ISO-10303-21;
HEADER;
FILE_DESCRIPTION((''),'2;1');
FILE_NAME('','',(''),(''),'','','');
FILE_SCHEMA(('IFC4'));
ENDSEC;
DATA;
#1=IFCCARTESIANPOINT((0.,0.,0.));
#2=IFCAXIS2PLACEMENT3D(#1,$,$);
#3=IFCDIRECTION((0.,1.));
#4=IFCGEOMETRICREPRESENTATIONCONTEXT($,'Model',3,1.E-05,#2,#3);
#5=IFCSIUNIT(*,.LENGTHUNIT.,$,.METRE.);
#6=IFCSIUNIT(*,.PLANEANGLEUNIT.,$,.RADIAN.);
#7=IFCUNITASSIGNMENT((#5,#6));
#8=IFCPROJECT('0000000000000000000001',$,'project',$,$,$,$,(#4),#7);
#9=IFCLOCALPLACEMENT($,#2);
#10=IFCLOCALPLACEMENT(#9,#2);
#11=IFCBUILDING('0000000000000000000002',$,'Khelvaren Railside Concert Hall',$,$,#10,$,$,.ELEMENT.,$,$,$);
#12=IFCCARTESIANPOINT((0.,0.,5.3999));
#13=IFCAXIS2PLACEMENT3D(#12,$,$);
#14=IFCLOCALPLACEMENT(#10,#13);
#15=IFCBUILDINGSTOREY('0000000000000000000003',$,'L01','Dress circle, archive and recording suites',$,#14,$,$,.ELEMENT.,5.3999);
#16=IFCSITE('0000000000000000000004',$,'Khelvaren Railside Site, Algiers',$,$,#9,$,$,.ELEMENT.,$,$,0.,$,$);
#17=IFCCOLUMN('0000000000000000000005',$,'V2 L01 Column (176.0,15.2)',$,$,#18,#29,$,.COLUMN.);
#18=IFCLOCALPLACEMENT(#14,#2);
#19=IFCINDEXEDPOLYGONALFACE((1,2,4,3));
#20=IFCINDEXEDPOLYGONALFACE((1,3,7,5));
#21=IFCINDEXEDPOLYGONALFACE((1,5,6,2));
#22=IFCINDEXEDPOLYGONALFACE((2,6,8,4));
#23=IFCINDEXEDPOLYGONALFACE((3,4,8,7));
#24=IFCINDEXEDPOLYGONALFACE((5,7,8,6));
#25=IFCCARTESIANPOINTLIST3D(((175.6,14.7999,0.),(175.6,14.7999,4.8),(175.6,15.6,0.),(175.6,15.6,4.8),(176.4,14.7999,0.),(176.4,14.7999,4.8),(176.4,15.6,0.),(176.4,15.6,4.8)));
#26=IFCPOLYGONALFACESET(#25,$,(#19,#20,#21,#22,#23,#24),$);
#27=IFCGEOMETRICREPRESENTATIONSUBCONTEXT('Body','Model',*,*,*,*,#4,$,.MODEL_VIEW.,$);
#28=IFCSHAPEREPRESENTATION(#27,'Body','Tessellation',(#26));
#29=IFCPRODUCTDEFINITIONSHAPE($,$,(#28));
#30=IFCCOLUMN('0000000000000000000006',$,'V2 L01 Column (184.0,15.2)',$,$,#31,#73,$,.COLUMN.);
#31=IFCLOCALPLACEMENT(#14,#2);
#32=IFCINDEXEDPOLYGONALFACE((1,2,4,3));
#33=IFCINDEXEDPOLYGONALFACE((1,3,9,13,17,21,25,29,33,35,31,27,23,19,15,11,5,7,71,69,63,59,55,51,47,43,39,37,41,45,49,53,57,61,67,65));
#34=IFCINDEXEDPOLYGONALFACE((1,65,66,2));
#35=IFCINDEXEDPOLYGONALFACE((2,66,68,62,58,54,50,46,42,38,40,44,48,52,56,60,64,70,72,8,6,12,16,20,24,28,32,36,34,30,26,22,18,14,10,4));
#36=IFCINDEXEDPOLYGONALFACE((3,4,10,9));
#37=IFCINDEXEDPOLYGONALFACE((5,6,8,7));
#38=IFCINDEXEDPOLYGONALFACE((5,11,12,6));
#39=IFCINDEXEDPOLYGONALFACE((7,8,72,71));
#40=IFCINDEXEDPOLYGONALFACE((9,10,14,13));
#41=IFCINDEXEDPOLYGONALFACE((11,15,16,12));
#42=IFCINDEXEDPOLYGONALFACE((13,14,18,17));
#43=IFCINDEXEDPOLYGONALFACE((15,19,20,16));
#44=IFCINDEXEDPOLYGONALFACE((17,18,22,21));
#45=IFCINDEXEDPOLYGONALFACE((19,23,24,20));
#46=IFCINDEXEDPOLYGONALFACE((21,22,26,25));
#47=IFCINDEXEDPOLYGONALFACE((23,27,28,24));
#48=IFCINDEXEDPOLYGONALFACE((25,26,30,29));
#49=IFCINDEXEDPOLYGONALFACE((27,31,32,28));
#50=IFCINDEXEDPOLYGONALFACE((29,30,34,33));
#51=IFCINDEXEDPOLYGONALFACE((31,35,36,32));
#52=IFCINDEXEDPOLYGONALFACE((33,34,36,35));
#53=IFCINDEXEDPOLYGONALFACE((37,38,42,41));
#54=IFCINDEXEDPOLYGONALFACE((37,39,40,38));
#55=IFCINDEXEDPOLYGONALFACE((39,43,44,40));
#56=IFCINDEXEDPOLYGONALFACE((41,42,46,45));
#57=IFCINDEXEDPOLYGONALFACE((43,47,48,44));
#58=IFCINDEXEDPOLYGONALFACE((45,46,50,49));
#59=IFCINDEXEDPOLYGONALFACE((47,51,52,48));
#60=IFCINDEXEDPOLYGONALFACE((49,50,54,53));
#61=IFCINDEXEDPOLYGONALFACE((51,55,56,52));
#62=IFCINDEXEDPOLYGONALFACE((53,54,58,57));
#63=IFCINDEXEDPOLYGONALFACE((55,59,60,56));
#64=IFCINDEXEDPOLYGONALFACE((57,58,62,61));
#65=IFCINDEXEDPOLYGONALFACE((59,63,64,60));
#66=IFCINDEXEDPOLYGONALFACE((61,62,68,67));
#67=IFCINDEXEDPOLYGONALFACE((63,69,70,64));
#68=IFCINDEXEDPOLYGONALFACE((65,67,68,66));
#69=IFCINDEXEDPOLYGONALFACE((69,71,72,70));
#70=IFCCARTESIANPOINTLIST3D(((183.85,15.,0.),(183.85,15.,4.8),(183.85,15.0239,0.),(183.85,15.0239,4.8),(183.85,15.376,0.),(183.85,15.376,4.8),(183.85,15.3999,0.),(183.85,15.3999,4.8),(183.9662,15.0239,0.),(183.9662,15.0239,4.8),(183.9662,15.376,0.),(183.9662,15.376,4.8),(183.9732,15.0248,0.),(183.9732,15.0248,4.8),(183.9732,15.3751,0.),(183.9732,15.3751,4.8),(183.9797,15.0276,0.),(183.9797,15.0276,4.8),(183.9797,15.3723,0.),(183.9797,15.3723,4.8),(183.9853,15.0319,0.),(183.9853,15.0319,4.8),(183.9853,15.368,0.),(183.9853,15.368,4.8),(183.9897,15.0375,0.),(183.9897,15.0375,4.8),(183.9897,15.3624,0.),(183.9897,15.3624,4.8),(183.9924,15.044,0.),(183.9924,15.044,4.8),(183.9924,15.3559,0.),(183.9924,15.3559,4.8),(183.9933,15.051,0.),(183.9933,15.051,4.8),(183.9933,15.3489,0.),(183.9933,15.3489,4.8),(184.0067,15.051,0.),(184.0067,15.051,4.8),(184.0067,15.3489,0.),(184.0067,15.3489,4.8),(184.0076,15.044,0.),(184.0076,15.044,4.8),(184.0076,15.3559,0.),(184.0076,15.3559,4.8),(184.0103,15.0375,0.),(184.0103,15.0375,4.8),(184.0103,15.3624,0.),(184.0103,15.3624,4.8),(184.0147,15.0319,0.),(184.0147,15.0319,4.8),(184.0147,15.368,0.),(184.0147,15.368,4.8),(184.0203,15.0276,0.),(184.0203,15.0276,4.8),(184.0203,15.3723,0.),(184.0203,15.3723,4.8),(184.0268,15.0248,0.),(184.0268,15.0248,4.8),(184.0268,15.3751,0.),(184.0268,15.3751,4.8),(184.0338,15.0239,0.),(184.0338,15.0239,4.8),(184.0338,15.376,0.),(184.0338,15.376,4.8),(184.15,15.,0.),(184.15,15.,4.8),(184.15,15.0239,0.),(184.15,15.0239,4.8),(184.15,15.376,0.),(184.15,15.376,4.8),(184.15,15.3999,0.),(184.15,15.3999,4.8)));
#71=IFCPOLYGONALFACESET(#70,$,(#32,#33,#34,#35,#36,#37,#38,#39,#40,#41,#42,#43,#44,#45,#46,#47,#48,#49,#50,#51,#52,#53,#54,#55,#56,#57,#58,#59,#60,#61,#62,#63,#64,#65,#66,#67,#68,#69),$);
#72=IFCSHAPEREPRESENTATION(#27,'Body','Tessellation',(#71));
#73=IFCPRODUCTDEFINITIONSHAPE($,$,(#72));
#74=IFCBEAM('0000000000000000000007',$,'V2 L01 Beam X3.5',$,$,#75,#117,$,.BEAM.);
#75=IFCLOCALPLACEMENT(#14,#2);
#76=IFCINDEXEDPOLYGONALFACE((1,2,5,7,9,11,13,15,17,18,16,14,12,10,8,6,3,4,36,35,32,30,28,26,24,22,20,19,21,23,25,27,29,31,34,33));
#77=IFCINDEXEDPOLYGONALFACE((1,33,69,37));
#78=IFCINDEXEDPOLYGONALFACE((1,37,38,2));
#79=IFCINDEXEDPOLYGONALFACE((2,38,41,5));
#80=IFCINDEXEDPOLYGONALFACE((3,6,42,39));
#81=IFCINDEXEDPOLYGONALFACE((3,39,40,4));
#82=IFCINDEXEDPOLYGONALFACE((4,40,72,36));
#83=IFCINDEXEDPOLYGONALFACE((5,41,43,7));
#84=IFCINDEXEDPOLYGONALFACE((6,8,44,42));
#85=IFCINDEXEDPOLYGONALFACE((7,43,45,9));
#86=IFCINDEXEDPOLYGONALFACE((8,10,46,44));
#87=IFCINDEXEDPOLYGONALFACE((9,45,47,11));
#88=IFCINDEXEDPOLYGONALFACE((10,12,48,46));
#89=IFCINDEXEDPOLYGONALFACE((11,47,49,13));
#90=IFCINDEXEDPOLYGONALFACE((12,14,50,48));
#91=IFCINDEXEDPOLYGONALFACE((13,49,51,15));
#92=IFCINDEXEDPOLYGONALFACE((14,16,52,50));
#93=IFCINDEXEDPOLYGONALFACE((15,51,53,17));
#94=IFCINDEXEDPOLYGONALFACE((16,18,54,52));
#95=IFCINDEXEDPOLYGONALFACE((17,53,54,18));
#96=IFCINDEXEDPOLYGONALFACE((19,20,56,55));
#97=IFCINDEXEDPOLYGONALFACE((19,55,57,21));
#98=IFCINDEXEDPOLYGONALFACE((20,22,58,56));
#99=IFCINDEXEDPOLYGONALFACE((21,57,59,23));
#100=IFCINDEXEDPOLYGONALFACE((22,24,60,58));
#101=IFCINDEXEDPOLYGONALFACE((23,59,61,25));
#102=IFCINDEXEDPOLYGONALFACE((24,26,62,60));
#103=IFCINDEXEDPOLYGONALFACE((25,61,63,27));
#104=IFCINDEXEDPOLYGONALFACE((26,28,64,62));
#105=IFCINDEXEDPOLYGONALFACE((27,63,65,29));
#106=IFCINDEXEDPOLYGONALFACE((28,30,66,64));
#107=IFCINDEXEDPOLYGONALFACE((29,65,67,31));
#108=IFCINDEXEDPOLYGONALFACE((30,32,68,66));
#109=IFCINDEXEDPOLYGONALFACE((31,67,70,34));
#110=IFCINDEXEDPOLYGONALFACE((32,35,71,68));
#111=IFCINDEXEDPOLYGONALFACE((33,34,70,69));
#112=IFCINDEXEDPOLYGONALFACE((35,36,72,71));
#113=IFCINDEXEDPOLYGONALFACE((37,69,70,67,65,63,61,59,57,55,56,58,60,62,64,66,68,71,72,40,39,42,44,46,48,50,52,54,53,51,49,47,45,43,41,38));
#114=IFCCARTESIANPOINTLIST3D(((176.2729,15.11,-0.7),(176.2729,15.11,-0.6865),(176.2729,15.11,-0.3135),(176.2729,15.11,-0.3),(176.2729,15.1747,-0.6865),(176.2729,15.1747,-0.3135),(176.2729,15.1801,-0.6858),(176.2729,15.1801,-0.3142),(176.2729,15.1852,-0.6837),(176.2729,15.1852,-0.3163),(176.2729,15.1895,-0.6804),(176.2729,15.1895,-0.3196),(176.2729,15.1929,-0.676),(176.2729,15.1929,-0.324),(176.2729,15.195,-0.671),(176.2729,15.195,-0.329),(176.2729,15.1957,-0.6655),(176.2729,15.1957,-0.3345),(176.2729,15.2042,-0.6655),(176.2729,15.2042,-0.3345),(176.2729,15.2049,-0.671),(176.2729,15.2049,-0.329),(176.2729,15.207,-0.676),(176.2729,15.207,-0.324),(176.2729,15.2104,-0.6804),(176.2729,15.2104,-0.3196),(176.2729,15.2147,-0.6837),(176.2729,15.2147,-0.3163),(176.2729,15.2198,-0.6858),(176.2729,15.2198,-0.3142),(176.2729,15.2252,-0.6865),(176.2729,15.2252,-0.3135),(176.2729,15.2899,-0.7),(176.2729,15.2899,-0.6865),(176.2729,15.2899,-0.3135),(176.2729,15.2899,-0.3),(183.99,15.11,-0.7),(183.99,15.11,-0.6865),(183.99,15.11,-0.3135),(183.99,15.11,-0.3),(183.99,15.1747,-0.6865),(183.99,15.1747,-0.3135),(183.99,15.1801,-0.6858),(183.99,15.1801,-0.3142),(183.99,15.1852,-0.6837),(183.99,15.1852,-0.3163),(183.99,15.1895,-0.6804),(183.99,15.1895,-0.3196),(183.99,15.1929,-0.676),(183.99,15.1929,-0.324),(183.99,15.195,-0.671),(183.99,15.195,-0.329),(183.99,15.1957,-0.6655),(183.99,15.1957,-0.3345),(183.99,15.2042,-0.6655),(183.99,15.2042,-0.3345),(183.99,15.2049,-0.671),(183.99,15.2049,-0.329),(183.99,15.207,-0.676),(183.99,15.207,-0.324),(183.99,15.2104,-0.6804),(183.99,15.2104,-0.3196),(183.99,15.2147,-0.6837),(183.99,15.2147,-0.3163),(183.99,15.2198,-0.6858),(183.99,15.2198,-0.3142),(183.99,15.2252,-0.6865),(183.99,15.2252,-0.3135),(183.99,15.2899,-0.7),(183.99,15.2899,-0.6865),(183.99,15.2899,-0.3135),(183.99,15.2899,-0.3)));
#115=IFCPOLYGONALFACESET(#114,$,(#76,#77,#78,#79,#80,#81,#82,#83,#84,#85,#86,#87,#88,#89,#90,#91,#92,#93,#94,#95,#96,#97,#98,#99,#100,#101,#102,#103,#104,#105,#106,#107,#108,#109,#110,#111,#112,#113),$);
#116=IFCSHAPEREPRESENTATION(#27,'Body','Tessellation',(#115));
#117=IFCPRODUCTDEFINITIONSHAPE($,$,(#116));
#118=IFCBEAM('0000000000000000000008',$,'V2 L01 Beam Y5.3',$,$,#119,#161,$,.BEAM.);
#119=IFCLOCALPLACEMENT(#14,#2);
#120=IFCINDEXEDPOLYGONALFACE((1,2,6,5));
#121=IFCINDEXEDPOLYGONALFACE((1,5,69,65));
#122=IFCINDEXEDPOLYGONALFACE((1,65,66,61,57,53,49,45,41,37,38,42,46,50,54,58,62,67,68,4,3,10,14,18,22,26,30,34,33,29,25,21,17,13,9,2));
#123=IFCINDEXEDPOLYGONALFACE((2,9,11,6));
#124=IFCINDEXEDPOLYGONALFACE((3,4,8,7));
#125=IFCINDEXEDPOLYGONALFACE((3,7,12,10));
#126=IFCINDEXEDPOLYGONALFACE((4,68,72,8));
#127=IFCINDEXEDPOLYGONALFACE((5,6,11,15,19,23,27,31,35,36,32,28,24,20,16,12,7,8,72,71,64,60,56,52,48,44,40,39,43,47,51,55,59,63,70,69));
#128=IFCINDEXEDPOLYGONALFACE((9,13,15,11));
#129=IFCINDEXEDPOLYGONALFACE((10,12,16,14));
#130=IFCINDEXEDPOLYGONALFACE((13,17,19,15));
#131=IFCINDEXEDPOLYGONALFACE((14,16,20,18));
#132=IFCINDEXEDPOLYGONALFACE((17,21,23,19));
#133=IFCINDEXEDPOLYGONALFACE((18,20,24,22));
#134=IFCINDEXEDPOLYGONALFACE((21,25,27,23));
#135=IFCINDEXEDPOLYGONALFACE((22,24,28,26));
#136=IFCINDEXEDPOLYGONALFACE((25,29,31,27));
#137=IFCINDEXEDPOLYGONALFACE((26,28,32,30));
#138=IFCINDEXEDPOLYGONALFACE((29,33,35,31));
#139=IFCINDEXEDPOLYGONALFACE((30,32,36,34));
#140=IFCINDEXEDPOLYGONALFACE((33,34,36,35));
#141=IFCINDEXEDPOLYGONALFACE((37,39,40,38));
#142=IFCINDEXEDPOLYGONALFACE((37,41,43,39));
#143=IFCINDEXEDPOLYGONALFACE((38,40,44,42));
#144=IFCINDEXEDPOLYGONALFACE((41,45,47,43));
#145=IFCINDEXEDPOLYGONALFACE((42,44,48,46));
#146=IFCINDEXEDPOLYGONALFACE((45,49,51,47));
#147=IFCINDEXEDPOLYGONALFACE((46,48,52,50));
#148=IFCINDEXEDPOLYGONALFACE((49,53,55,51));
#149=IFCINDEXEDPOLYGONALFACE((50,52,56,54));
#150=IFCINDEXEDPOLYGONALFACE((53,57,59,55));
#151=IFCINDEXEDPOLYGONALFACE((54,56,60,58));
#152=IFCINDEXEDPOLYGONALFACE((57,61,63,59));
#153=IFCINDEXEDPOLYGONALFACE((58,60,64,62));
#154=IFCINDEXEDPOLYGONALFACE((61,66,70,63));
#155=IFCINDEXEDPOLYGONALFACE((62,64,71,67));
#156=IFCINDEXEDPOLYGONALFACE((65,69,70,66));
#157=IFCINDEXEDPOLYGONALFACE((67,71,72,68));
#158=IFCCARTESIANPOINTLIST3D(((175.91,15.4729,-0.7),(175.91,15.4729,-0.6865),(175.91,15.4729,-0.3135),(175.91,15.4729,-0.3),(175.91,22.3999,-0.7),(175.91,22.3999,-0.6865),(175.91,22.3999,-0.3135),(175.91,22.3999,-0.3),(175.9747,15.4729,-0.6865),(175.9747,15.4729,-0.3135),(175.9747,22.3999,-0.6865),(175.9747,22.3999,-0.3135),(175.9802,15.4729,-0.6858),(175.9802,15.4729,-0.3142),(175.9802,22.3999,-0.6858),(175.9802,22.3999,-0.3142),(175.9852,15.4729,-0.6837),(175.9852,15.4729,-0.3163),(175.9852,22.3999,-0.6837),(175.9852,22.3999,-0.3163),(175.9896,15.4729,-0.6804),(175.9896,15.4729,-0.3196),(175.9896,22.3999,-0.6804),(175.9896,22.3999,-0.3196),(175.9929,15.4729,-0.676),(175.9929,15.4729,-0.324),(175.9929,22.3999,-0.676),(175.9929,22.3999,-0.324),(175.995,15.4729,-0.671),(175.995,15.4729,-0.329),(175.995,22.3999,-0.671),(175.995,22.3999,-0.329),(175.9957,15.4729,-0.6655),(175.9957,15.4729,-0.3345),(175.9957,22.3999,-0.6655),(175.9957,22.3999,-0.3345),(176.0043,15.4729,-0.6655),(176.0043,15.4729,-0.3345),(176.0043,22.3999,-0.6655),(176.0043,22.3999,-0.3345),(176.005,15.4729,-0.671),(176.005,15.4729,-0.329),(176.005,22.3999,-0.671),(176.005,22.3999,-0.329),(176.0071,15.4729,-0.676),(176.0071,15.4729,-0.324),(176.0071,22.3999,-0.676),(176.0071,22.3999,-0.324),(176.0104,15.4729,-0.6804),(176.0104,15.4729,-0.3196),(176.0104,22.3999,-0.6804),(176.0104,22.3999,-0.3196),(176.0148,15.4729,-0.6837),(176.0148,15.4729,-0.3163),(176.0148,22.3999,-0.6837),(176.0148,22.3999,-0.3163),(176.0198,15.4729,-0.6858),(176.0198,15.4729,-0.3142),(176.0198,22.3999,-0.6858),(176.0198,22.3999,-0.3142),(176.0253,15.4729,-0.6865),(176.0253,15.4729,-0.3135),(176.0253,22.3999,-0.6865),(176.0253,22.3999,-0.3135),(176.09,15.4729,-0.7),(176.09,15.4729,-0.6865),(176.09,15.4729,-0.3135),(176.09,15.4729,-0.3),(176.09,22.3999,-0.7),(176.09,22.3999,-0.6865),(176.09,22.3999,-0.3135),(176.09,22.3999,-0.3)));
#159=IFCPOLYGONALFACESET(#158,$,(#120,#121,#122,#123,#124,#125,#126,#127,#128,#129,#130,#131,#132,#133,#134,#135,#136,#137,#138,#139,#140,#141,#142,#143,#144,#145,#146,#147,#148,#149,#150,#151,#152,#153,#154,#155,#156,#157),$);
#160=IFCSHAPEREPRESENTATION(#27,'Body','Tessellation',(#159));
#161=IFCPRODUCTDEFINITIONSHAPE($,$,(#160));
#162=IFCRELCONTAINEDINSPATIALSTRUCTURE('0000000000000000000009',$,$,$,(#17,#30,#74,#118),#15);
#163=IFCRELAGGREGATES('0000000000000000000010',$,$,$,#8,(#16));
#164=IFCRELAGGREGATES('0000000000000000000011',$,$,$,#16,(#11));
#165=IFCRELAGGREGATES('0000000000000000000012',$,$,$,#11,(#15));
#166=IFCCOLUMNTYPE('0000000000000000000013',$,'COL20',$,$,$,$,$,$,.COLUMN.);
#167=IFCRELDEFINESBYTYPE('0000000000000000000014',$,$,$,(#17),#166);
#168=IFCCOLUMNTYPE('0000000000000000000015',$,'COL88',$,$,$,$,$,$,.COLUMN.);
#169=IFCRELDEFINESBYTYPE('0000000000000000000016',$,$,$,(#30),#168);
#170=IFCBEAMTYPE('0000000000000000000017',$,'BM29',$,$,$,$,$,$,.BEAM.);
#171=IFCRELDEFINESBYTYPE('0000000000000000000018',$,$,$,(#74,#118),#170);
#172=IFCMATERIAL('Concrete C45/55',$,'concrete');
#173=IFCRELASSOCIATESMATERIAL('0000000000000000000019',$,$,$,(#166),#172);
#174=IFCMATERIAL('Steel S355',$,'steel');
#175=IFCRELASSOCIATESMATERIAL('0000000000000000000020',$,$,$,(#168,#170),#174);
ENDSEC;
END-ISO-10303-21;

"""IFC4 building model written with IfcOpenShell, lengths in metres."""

from ifc_helpers import new_model, si_unit, direction, frame, origin, origin_2d, place, context, subcontext, project, spatial, rectangle, i_section, extrude, material, material_profile, profile_set, type_object, element, save


model = new_model("IFC4")

# Units and contexts
model_context = context("Model", 3, precision=1e-05, world=origin(), true_north=direction((0.0, 1.0)))
body_context = subcontext(model_context, "Body", "Model", "MODEL_VIEW")
ifc_project = project(units=[si_unit("LENGTHUNIT", "METRE"), si_unit("PLANEANGLEUNIT", "RADIAN")], contexts=[model_context])

# Site, building, storey
site_placement = place(None, origin())
site = spatial("IfcSite", under=ifc_project, at=site_placement, Name="Khelvaren Railside Site, Algiers", CompositionType="ELEMENT", RefElevation=0.0)
building_placement = place(site_placement, origin())
building = spatial("IfcBuilding", under=site, at=building_placement, Name="Khelvaren Railside Concert Hall", CompositionType="ELEMENT")
storey_placement = place(building_placement, frame((0.0, 0.0, 5.3999)))
storey = spatial("IfcBuildingStorey", under=building, at=storey_placement, Name="L01", Description="Dress circle, archive and recording suites", CompositionType="ELEMENT", Elevation=5.3999)

# Columns
ifc_material_1 = material(Name="Concrete C45/55", Category="concrete")
ifc_material_profile_1 = material_profile(ifc_material_1, rectangle(XDim=0.8, YDim=0.8, at=origin_2d()), Name="RC 800x800")
ifc_profile_set_1 = profile_set([ifc_material_profile_1], Name="Concrete C45/55")
column_type_1 = type_object("IfcColumnType", Name="COL20", PredefinedType="COLUMN", material=ifc_profile_set_1)
column_1_placement = place(storey_placement, frame((176.0, 15.2, 0.0), z_axis=(0.0, 0.0, 1.0), x_axis=(1.0, 0.0, 0.0)))
element("IfcColumn", 1, at=column_1_placement, inside=storey, type_object=column_type_1, Name="V2 L01 Column (176.0,15.2)", PredefinedType="COLUMN", context=body_context, shape_type="SweptSolid", body=[
    extrude(rectangle(XDim=0.8, YDim=0.8, at=origin_2d()), origin(), (0.0, 0.0, 1.0), 4.8),
])
ifc_material_2 = material(Name="Steel S355", Category="steel")
ifc_material_profile_2 = material_profile(ifc_material_2, i_section(OverallWidth=0.3, OverallDepth=0.3999, WebThickness=0.0134, FlangeThickness=0.0239, FilletRadius=0.0271, at=origin_2d()), Name="HEB 400")
ifc_profile_set_2 = profile_set([ifc_material_profile_2], Name="Steel S355")
column_type_2 = type_object("IfcColumnType", Name="COL88", PredefinedType="COLUMN", material=ifc_profile_set_2)
column_2_placement = place(storey_placement, frame((184.0, 15.2, 0.0), z_axis=(0.0, 0.0, 1.0), x_axis=(1.0, 0.0, 0.0)))
element("IfcColumn", 2, at=column_2_placement, inside=storey, type_object=column_type_2, Name="V2 L01 Column (184.0,15.2)", PredefinedType="COLUMN", context=body_context, shape_type="SweptSolid", body=[
    extrude(i_section(OverallWidth=0.3, OverallDepth=0.3999, WebThickness=0.0134, FlangeThickness=0.0239, FilletRadius=0.0271, at=origin_2d()), origin(), (0.0, 0.0, 1.0), 4.8),
])

# Beams
ifc_material_profile_3 = material_profile(ifc_material_2, i_section(OverallWidth=0.1799, OverallDepth=0.3999, WebThickness=0.0085, FlangeThickness=0.0134, FilletRadius=0.021, at=origin_2d()), Name="IPE 400")
ifc_profile_set_3 = profile_set([ifc_material_profile_3], Name="Steel S355")
beam_type_1 = type_object("IfcBeamType", Name="BM29", PredefinedType="BEAM", material=ifc_profile_set_3)
beam_1_placement = place(storey_placement, frame((176.2729, 15.2, -0.5), z_axis=(1.0, 0.0, 0.0), x_axis=(0.0, 1.0, 0.0)))
element("IfcBeam", 3, at=beam_1_placement, inside=storey, type_object=beam_type_1, Name="V2 L01 Beam X3.5", PredefinedType="BEAM", context=body_context, shape_type="SweptSolid", body=[
    extrude(i_section(OverallWidth=0.1799, OverallDepth=0.3999, WebThickness=0.0085, FlangeThickness=0.0134, FilletRadius=0.021, at=origin_2d()), origin(), (0.0, 0.0, 1.0), 7.717),
])
beam_2_placement = place(storey_placement, frame((176.0, 15.4729, -0.5), z_axis=(0.0, 1.0, 0.0), x_axis=(-1.0, 0.0, 0.0)))
element("IfcBeam", 4, at=beam_2_placement, inside=storey, type_object=beam_type_1, Name="V2 L01 Beam Y5.3", PredefinedType="BEAM", context=body_context, shape_type="SweptSolid", body=[
    extrude(i_section(OverallWidth=0.1799, OverallDepth=0.3999, WebThickness=0.0085, FlangeThickness=0.0134, FilletRadius=0.021, at=origin_2d()), origin(), (0.0, 0.0, 1.0), 6.927),
])

save(model, "model.ifc")
